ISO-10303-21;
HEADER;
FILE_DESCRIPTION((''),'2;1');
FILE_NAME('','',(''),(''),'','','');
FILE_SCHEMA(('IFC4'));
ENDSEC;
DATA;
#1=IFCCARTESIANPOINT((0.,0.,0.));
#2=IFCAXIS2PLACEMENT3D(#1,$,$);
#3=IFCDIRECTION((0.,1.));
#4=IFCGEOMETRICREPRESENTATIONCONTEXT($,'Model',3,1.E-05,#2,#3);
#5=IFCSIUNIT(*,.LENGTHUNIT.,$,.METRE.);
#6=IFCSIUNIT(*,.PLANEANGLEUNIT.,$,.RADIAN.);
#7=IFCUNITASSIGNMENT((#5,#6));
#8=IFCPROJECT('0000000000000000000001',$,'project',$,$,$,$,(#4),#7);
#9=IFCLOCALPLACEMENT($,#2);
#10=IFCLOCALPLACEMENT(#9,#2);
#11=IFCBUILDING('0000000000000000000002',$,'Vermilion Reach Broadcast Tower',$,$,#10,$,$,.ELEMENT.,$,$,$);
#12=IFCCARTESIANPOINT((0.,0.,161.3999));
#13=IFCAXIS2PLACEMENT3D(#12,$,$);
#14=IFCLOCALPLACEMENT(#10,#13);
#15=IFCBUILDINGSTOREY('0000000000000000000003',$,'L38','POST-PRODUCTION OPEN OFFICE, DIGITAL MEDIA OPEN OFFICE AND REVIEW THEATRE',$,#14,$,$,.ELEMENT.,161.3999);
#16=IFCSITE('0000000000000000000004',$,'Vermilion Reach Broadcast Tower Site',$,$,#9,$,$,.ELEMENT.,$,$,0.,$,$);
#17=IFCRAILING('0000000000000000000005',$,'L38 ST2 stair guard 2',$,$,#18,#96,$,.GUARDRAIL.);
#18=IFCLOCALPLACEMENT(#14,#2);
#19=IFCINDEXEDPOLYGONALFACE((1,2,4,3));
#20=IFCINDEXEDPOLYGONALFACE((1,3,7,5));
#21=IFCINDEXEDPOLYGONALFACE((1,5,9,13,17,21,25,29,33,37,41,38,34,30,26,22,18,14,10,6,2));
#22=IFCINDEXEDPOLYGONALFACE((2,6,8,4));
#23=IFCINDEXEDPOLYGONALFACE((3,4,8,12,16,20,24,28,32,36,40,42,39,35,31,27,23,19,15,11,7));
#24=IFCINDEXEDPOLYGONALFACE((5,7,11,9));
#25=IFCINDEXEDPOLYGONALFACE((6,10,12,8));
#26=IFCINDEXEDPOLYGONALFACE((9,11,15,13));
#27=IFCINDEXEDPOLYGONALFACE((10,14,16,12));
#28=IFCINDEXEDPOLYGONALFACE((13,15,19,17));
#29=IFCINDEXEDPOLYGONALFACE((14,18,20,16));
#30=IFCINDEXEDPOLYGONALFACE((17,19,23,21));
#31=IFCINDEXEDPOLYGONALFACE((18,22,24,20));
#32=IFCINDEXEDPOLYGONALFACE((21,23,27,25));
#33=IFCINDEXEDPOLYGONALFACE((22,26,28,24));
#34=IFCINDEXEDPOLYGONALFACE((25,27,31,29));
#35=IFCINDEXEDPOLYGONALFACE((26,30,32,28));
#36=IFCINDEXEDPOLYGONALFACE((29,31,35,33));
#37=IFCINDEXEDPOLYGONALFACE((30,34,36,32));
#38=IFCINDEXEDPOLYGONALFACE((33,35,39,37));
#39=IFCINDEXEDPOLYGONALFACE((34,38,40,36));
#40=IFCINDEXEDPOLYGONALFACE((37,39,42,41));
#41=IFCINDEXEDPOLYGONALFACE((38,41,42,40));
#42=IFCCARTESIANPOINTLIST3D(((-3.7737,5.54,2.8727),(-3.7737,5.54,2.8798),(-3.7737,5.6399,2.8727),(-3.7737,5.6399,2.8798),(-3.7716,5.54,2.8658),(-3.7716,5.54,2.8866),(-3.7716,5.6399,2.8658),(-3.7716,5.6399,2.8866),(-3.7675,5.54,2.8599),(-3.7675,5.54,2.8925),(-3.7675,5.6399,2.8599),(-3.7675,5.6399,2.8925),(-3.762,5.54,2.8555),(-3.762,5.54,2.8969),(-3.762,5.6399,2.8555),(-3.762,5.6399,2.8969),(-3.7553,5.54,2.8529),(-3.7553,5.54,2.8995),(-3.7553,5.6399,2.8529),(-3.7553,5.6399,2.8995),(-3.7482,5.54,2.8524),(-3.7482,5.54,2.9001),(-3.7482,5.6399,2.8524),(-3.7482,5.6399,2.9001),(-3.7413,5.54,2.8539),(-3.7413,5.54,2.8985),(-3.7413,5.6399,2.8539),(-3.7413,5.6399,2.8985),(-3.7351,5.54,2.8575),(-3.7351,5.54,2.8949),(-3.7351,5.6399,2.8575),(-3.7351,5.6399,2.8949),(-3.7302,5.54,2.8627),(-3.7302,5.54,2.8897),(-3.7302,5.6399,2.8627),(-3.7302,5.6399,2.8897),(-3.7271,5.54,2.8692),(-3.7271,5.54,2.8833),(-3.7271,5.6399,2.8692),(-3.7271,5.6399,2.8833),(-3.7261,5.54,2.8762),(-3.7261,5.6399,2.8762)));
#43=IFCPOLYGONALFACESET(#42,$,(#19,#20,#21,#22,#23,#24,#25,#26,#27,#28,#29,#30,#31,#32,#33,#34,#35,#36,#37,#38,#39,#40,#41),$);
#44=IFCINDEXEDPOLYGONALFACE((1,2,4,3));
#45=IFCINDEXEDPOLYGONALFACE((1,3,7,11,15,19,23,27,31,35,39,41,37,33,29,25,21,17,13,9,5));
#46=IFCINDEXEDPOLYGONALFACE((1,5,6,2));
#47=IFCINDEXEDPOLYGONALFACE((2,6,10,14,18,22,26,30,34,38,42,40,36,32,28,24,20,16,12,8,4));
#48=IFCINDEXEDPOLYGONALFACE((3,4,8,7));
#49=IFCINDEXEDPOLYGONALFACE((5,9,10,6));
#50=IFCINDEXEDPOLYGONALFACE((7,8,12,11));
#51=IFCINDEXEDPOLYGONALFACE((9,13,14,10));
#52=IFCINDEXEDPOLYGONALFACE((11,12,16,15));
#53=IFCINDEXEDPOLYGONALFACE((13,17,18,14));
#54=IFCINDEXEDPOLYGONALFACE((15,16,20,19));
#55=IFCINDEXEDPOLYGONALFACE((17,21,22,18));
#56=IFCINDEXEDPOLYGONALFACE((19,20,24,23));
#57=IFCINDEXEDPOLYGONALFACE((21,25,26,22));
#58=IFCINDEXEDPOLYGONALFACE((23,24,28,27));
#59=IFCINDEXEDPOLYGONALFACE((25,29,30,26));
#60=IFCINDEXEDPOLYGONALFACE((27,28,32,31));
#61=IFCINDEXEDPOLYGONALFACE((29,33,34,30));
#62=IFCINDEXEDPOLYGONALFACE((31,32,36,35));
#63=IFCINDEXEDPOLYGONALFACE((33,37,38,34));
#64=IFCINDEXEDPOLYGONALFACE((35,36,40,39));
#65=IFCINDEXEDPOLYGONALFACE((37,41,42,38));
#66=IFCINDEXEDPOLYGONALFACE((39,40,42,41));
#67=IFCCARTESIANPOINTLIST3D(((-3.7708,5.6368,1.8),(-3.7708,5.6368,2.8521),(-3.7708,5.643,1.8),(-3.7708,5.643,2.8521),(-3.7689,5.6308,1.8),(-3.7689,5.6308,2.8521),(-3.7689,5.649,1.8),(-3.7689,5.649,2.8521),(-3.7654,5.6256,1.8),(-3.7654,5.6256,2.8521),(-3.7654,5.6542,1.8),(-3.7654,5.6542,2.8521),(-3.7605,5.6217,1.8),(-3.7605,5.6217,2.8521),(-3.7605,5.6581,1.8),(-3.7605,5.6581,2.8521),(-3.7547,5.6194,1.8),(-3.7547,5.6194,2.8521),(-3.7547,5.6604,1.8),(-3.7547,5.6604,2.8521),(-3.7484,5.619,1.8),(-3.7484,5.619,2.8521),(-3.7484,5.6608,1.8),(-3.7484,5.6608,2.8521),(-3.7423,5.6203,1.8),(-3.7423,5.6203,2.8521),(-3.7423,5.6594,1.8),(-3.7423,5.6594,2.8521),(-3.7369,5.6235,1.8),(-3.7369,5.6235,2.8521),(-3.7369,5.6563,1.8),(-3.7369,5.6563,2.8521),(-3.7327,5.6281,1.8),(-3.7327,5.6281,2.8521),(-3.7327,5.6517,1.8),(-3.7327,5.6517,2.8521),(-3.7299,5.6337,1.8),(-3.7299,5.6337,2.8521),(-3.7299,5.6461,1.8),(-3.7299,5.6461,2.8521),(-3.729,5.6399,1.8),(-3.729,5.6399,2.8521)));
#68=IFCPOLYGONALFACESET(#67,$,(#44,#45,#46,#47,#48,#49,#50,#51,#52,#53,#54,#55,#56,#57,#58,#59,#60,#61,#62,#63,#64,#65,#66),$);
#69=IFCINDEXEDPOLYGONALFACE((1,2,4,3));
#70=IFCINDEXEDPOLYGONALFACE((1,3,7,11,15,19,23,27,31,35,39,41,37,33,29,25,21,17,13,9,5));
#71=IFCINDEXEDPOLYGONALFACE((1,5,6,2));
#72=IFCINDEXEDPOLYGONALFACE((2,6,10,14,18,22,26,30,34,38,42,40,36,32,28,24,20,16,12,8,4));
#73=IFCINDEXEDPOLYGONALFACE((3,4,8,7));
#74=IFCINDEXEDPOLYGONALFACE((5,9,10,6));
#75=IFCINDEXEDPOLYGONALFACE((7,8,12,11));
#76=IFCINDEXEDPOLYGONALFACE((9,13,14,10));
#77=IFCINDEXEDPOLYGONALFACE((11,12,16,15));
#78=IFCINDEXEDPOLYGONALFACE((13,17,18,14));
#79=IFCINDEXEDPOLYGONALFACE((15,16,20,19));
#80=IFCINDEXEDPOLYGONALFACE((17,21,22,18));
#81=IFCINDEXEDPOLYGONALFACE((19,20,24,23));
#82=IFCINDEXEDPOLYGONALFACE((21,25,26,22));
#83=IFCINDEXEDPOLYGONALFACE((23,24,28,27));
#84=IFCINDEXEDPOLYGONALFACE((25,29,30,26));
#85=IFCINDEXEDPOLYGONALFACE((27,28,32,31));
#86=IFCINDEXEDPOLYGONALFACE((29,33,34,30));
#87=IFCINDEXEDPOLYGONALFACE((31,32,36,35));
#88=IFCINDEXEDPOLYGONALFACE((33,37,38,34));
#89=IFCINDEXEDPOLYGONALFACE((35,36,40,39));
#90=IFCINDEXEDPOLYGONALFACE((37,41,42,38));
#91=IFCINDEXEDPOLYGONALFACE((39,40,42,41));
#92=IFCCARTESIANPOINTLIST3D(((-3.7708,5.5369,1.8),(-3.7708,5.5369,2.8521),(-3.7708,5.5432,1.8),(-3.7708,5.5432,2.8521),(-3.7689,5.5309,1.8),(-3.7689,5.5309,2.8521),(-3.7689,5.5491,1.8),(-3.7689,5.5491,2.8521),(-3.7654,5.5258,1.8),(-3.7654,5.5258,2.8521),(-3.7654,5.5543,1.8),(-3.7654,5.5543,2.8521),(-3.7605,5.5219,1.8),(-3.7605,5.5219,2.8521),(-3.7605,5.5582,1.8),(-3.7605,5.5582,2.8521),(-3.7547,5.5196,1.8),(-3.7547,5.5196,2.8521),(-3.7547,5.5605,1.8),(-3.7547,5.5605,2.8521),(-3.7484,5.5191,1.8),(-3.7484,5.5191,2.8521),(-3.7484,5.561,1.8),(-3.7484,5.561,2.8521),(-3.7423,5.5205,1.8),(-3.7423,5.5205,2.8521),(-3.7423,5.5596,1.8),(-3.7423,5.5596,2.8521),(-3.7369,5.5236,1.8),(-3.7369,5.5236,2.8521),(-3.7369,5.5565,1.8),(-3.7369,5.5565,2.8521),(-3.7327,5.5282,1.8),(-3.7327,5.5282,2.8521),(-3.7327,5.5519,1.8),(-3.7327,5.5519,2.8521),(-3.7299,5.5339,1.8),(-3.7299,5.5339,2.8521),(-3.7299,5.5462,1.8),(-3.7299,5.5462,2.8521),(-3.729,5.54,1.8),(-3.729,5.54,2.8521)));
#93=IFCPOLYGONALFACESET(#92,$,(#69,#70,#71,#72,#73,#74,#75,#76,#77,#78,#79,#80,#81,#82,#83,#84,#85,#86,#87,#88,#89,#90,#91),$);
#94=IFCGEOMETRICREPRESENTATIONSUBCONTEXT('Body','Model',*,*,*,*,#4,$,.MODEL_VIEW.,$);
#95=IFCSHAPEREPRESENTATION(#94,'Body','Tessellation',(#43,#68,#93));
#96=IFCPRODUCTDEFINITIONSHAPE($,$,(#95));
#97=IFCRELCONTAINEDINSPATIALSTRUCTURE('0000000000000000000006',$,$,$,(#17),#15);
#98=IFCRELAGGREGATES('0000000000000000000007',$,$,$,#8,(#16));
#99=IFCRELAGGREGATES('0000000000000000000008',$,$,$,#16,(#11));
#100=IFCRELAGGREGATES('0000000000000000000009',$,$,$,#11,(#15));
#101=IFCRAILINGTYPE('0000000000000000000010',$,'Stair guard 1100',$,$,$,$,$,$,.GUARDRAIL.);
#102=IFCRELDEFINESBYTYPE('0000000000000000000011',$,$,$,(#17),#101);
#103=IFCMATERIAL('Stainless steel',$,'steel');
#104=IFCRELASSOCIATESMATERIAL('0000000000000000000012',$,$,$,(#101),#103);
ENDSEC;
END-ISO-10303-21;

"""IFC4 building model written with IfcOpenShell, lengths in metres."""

from ifc_helpers import new_model, si_unit, direction, frame, origin, origin_2d, place, context, subcontext, project, spatial, circle, extrude, material, type_object, element, save


model = new_model("IFC4")

# Units and contexts
model_context = context("Model", 3, precision=1e-05, world=origin(), true_north=direction((0.0, 1.0)))
body_context = subcontext(model_context, "Body", "Model", "MODEL_VIEW")
ifc_project = project(units=[si_unit("LENGTHUNIT", "METRE"), si_unit("PLANEANGLEUNIT", "RADIAN")], contexts=[model_context])

# Site, building, storey
site_placement = place(None, origin())
site = spatial("IfcSite", under=ifc_project, at=site_placement, Name="Vermilion Reach Broadcast Tower Site", CompositionType="ELEMENT", RefElevation=0.0)
building_placement = place(site_placement, origin())
building = spatial("IfcBuilding", under=site, at=building_placement, Name="Vermilion Reach Broadcast Tower", CompositionType="ELEMENT")
storey_placement = place(building_placement, frame((0.0, 0.0, 161.3999)))
storey = spatial("IfcBuildingStorey", under=building, at=storey_placement, Name="L38", Description="POST-PRODUCTION OPEN OFFICE, DIGITAL MEDIA OPEN OFFICE AND REVIEW THEATRE", CompositionType="ELEMENT", Elevation=161.3999)

# Railing
ifc_material_1 = material(Name="Stainless steel", Category="steel")
railing_type_1 = type_object("IfcRailingType", Name="Stair guard 1100", PredefinedType="GUARDRAIL", material=ifc_material_1)
railing_1_placement = place(storey_placement, frame((-3.75, 5.6399, 1.8)))
element("IfcRailing", 1, at=railing_1_placement, inside=storey, type_object=railing_type_1, Name="L38 ST2 stair guard 2", PredefinedType="GUARDRAIL", context=body_context, shape_type="SweptSolid", body=[
    extrude(circle(Radius=0.0239, at=origin_2d()), frame((0.0, 0.0, 1.0762), z_axis=(0.0, -1.0, 0.0), x_axis=(1.0, 0.0, 0.0)), (0.0, 0.0, 1.0), 0.0999),
    extrude(circle(Radius=0.021, at=origin_2d()), origin(), (0.0, 0.0, 1.0), 1.052),
    extrude(circle(Radius=0.021, at=origin_2d()), frame((0.0, -0.0999, 0.0)), (0.0, 0.0, 1.0), 1.052),
])

save(model, "model.ifc")
